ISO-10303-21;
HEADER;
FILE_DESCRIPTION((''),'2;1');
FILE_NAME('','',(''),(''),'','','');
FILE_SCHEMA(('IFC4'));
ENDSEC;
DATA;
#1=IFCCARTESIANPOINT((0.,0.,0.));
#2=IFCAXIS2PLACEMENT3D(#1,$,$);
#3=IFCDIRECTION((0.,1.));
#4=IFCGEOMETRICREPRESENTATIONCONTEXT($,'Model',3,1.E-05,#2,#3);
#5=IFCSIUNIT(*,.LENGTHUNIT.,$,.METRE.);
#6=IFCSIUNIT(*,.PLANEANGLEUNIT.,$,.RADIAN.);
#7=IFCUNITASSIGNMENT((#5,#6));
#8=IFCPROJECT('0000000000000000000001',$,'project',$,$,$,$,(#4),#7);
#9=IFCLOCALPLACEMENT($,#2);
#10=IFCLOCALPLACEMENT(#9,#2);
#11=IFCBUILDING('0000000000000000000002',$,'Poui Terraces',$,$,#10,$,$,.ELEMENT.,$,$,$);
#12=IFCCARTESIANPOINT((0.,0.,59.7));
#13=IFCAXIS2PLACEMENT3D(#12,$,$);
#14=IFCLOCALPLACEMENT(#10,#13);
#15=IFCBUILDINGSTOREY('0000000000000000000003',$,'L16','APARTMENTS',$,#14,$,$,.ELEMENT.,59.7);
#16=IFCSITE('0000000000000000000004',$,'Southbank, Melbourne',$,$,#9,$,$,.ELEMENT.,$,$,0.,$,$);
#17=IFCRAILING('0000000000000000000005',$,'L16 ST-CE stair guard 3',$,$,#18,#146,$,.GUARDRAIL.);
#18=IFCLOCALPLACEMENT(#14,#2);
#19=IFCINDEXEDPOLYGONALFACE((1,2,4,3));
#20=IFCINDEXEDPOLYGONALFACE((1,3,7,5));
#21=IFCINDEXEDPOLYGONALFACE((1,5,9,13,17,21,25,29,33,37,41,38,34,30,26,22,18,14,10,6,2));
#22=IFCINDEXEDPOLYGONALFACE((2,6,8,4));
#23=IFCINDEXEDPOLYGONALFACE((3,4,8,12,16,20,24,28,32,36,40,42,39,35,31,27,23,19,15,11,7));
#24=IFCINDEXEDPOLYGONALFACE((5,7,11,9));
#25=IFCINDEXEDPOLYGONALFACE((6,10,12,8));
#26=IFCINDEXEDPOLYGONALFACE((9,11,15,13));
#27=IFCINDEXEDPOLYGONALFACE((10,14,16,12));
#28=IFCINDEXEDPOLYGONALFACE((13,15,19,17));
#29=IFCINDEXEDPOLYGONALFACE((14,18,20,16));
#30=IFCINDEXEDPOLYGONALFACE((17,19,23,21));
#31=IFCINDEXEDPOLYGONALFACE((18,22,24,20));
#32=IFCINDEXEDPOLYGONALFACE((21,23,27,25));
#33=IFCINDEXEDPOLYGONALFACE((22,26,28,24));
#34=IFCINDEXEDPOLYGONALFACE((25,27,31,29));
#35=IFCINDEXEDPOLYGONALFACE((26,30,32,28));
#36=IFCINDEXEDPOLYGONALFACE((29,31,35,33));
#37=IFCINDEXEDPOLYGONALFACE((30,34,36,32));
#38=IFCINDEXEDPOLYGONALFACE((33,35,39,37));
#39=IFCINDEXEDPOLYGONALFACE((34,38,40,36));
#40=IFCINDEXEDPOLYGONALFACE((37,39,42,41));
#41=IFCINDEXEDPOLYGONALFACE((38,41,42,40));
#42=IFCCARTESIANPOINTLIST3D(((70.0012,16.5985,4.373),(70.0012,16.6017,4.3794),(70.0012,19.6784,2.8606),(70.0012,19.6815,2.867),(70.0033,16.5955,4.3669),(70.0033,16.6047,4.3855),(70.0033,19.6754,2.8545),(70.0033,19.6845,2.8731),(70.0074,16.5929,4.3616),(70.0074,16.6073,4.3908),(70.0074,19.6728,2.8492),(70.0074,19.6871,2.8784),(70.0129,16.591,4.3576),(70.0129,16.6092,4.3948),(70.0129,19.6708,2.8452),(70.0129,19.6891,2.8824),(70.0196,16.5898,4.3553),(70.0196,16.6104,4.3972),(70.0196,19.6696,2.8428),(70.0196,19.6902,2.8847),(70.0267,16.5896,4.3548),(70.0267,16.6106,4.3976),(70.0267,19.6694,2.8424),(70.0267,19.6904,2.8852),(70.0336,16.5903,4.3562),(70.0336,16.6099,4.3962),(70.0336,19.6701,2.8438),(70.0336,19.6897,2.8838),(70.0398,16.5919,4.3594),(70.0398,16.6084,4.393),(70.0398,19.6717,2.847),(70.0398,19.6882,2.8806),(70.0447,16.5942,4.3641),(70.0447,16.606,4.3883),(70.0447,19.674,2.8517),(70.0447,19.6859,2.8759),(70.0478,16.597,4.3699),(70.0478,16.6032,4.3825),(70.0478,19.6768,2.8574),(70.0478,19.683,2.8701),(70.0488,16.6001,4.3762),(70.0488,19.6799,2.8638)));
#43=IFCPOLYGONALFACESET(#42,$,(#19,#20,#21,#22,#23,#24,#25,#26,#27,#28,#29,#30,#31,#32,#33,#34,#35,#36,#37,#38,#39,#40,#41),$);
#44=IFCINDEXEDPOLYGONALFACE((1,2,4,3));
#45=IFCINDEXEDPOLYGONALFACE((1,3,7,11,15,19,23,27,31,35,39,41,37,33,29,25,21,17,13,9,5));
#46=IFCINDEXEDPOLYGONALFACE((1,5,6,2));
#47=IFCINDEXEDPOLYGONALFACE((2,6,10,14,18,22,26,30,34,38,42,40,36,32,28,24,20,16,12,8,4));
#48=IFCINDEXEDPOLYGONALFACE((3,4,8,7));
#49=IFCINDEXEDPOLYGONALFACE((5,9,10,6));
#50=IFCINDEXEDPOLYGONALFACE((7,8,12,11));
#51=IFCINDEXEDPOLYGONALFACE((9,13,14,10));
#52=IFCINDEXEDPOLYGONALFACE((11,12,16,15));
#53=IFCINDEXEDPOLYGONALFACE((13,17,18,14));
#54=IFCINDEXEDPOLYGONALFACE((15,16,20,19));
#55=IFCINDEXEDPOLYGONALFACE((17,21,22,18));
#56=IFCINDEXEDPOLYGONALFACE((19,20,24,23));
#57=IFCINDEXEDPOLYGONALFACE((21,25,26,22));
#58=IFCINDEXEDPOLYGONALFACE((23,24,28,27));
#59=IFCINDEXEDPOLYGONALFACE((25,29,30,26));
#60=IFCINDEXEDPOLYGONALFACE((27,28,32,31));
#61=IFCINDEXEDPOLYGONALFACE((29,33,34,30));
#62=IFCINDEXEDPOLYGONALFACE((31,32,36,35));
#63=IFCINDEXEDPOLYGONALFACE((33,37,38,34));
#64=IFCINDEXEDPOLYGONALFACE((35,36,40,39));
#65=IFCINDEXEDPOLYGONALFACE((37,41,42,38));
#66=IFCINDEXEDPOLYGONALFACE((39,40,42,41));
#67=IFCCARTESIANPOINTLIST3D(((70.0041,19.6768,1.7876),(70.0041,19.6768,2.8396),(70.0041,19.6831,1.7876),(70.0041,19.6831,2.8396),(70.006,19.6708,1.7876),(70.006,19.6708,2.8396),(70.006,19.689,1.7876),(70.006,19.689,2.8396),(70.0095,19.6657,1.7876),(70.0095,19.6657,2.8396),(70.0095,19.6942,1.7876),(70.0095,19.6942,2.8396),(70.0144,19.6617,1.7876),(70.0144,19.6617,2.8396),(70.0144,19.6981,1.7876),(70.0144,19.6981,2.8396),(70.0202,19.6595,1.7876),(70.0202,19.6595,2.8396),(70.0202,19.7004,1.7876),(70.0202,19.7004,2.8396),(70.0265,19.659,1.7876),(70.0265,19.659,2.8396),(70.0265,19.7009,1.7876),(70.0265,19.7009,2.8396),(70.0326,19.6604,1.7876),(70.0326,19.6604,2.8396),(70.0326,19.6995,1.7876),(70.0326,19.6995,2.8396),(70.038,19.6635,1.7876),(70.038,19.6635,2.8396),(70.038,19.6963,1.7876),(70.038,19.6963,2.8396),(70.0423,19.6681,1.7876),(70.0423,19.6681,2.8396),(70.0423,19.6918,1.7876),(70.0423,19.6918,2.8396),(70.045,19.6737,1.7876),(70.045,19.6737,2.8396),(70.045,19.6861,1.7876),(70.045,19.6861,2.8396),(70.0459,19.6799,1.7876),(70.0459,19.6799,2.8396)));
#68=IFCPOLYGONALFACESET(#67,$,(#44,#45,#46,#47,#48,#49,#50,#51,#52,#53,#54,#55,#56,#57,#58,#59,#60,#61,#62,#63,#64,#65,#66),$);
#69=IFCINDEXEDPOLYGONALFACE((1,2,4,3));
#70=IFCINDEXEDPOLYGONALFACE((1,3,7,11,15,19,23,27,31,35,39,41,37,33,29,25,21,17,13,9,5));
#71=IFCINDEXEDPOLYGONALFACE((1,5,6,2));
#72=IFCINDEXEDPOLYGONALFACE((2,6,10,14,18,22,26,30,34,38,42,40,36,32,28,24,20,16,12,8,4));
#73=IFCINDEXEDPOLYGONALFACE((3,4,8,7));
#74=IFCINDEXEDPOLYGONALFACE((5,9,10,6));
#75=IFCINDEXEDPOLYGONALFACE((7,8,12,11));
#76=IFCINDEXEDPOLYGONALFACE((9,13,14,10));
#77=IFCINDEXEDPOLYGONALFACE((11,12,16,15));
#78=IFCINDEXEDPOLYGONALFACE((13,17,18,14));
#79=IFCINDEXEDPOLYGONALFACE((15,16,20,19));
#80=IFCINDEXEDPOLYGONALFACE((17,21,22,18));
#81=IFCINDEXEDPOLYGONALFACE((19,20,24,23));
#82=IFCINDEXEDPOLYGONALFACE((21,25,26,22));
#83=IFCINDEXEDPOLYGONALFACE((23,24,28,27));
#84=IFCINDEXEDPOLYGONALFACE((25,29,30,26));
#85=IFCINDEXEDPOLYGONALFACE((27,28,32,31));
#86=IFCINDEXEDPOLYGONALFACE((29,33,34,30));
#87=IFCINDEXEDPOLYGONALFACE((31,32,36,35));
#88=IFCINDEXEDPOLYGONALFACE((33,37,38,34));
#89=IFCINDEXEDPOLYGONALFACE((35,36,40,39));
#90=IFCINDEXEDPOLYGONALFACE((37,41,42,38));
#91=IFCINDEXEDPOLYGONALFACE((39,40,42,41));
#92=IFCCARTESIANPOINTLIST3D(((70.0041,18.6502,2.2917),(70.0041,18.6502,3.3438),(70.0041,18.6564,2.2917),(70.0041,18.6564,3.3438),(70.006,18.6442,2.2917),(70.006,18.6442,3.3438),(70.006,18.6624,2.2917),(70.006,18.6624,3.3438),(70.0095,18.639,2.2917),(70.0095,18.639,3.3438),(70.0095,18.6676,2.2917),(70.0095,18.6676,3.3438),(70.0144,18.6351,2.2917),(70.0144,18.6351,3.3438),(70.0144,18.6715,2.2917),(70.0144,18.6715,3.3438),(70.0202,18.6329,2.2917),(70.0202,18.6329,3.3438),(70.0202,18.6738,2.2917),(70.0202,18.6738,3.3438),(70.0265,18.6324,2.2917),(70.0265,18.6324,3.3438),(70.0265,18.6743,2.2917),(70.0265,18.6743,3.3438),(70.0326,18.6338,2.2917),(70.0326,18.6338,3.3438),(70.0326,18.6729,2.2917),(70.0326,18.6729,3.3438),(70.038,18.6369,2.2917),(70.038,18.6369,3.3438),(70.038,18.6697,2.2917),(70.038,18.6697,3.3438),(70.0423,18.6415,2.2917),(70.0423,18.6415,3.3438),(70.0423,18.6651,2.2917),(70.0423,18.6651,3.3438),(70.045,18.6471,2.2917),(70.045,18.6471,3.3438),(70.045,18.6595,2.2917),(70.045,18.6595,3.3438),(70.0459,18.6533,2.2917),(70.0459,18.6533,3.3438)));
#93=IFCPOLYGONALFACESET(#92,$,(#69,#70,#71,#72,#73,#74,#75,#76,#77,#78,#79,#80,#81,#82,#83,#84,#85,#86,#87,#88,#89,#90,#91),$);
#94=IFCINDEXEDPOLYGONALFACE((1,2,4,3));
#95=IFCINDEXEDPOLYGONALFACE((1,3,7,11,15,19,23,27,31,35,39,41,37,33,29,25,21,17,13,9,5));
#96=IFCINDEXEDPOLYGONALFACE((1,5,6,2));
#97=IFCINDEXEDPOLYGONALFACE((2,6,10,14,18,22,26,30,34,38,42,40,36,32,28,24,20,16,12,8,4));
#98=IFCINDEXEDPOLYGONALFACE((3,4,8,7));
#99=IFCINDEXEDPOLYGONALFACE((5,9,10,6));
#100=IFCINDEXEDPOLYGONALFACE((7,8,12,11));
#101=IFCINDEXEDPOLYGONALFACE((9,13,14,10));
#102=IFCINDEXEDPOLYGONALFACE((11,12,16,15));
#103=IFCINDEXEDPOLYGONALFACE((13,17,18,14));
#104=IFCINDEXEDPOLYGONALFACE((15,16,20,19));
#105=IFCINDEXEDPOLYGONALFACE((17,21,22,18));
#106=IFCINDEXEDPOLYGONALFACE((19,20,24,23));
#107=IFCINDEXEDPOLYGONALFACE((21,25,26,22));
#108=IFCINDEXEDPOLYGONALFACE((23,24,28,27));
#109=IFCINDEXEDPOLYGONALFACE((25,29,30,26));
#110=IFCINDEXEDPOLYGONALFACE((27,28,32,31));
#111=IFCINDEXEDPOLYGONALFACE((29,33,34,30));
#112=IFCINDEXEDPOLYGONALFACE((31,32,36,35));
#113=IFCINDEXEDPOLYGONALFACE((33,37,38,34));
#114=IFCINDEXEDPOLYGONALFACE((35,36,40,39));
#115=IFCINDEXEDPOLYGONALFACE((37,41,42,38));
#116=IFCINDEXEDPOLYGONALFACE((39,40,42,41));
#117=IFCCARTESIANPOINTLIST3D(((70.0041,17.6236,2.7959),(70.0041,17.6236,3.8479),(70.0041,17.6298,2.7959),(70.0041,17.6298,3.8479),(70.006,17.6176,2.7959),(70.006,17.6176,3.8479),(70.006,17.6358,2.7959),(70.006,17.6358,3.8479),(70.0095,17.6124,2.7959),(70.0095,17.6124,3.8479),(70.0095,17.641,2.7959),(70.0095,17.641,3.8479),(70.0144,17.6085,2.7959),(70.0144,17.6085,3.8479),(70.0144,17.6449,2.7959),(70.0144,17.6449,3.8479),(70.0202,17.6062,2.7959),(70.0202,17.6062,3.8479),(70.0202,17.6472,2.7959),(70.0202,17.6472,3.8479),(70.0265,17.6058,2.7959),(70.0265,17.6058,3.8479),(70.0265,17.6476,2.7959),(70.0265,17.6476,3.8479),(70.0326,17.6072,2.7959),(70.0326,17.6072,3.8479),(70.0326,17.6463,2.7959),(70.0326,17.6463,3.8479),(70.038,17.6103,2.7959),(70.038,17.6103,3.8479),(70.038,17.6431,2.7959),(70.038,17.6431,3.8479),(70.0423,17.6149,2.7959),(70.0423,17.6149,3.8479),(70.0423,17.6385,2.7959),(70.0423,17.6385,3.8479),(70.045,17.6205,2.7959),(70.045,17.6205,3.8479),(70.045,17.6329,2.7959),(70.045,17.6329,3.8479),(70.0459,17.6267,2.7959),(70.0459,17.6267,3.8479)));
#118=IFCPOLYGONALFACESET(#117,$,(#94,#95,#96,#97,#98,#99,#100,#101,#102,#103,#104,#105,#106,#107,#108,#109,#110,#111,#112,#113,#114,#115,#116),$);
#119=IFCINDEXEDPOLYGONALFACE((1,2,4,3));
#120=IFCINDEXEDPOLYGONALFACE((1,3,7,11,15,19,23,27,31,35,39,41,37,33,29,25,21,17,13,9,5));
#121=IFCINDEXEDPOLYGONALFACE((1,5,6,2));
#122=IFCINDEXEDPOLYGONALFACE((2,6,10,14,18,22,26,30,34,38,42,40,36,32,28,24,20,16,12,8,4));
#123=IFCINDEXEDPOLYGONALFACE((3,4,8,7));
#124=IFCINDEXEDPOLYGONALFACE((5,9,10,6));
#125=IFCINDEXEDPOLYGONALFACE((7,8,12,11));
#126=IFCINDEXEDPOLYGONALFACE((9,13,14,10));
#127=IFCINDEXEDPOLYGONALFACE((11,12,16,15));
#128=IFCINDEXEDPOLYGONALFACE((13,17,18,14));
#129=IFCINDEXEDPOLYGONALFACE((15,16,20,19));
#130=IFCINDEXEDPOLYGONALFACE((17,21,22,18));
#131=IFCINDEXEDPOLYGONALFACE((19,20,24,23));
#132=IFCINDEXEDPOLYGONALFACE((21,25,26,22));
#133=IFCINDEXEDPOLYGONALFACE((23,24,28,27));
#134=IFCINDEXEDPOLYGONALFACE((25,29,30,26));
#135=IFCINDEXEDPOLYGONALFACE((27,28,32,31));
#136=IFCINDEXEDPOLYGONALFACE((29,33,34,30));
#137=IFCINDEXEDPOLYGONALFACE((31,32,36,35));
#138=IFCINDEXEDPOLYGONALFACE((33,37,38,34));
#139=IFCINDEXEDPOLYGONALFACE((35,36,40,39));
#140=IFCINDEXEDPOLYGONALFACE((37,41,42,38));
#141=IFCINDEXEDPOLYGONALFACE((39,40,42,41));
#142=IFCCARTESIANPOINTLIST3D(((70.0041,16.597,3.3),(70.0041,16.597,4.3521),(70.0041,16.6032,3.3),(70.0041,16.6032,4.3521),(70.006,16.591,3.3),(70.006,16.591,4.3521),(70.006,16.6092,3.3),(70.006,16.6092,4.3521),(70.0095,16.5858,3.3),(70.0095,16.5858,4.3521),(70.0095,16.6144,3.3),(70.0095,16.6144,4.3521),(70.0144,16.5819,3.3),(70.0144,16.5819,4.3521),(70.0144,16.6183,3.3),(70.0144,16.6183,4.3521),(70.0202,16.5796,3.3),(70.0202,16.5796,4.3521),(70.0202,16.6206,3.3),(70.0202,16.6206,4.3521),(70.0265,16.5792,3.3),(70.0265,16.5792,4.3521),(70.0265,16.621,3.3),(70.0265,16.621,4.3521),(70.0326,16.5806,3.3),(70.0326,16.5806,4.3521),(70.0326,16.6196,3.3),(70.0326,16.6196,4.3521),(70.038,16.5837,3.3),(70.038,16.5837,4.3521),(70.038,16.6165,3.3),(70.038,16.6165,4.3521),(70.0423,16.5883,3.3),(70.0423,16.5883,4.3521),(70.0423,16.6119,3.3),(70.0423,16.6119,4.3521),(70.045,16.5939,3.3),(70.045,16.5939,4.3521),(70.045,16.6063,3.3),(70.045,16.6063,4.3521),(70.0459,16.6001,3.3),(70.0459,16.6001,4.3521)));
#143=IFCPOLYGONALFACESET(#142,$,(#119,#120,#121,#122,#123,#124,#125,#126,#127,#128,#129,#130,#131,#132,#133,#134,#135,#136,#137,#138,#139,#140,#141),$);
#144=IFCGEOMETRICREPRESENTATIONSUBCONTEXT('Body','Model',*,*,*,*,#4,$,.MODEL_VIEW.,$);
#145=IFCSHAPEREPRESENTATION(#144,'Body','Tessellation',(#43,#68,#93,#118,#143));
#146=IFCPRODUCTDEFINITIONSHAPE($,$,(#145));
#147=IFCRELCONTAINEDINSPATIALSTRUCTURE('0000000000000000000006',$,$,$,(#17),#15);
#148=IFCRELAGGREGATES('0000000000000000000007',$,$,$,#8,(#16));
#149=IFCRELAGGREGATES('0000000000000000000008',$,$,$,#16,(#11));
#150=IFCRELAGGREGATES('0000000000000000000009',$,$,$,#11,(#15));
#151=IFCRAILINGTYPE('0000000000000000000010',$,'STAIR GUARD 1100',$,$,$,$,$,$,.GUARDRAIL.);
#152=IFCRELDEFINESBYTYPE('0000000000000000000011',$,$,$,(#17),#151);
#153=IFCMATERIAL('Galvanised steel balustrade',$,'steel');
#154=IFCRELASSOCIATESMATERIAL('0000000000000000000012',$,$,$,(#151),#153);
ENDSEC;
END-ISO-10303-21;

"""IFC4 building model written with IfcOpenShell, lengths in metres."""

from ifc_helpers import new_model, si_unit, direction, frame, origin, origin_2d, place, context, subcontext, project, spatial, circle, extrude, material, type_object, element, save


model = new_model("IFC4")

# Units and contexts
model_context = context("Model", 3, precision=1e-05, world=origin(), true_north=direction((0.0, 1.0)))
body_context = subcontext(model_context, "Body", "Model", "MODEL_VIEW")
ifc_project = project(units=[si_unit("LENGTHUNIT", "METRE"), si_unit("PLANEANGLEUNIT", "RADIAN")], contexts=[model_context])

# Site, building, storey
site_placement = place(None, origin())
site = spatial("IfcSite", under=ifc_project, at=site_placement, Name="Southbank, Melbourne", CompositionType="ELEMENT", RefElevation=0.0)
building_placement = place(site_placement, origin())
building = spatial("IfcBuilding", under=site, at=building_placement, Name="Poui Terraces", CompositionType="ELEMENT")
storey_placement = place(building_placement, frame((0.0, 0.0, 59.7)))
storey = spatial("IfcBuildingStorey", under=building, at=storey_placement, Name="L16", Description="APARTMENTS", CompositionType="ELEMENT", Elevation=59.7)

# Railing
ifc_material_1 = material(Name="Galvanised steel balustrade", Category="steel")
railing_type_1 = type_object("IfcRailingType", Name="STAIR GUARD 1100", PredefinedType="GUARDRAIL", material=ifc_material_1)
railing_1_placement = place(storey_placement, frame((70.0249, 19.6799, 1.7876)))
element("IfcRailing", 1, at=railing_1_placement, inside=storey, type_object=railing_type_1, Name="L16 ST-CE stair guard 3", PredefinedType="GUARDRAIL", context=body_context, shape_type="SweptSolid", body=[
    extrude(circle(Radius=0.0239, at=origin_2d()), frame((0.0, 0.0, 1.0762), z_axis=(0.0, -0.897606, 0.440798), x_axis=(1.0, 0.0, 0.0)), (0.0, 0.0, 1.0), 3.4312),
    extrude(circle(Radius=0.021, at=origin_2d()), origin(), (0.0, 0.0, 1.0), 1.052),
    extrude(circle(Radius=0.021, at=origin_2d()), frame((0.0, -1.0266, 0.5042)), (0.0, 0.0, 1.0), 1.052),
    extrude(circle(Radius=0.021, at=origin_2d()), frame((0.0, -2.0532, 1.0083)), (0.0, 0.0, 1.0), 1.052),
    extrude(circle(Radius=0.021, at=origin_2d()), frame((0.0, -3.0798, 1.5125)), (0.0, 0.0, 1.0), 1.052),
])

save(model, "model.ifc")
